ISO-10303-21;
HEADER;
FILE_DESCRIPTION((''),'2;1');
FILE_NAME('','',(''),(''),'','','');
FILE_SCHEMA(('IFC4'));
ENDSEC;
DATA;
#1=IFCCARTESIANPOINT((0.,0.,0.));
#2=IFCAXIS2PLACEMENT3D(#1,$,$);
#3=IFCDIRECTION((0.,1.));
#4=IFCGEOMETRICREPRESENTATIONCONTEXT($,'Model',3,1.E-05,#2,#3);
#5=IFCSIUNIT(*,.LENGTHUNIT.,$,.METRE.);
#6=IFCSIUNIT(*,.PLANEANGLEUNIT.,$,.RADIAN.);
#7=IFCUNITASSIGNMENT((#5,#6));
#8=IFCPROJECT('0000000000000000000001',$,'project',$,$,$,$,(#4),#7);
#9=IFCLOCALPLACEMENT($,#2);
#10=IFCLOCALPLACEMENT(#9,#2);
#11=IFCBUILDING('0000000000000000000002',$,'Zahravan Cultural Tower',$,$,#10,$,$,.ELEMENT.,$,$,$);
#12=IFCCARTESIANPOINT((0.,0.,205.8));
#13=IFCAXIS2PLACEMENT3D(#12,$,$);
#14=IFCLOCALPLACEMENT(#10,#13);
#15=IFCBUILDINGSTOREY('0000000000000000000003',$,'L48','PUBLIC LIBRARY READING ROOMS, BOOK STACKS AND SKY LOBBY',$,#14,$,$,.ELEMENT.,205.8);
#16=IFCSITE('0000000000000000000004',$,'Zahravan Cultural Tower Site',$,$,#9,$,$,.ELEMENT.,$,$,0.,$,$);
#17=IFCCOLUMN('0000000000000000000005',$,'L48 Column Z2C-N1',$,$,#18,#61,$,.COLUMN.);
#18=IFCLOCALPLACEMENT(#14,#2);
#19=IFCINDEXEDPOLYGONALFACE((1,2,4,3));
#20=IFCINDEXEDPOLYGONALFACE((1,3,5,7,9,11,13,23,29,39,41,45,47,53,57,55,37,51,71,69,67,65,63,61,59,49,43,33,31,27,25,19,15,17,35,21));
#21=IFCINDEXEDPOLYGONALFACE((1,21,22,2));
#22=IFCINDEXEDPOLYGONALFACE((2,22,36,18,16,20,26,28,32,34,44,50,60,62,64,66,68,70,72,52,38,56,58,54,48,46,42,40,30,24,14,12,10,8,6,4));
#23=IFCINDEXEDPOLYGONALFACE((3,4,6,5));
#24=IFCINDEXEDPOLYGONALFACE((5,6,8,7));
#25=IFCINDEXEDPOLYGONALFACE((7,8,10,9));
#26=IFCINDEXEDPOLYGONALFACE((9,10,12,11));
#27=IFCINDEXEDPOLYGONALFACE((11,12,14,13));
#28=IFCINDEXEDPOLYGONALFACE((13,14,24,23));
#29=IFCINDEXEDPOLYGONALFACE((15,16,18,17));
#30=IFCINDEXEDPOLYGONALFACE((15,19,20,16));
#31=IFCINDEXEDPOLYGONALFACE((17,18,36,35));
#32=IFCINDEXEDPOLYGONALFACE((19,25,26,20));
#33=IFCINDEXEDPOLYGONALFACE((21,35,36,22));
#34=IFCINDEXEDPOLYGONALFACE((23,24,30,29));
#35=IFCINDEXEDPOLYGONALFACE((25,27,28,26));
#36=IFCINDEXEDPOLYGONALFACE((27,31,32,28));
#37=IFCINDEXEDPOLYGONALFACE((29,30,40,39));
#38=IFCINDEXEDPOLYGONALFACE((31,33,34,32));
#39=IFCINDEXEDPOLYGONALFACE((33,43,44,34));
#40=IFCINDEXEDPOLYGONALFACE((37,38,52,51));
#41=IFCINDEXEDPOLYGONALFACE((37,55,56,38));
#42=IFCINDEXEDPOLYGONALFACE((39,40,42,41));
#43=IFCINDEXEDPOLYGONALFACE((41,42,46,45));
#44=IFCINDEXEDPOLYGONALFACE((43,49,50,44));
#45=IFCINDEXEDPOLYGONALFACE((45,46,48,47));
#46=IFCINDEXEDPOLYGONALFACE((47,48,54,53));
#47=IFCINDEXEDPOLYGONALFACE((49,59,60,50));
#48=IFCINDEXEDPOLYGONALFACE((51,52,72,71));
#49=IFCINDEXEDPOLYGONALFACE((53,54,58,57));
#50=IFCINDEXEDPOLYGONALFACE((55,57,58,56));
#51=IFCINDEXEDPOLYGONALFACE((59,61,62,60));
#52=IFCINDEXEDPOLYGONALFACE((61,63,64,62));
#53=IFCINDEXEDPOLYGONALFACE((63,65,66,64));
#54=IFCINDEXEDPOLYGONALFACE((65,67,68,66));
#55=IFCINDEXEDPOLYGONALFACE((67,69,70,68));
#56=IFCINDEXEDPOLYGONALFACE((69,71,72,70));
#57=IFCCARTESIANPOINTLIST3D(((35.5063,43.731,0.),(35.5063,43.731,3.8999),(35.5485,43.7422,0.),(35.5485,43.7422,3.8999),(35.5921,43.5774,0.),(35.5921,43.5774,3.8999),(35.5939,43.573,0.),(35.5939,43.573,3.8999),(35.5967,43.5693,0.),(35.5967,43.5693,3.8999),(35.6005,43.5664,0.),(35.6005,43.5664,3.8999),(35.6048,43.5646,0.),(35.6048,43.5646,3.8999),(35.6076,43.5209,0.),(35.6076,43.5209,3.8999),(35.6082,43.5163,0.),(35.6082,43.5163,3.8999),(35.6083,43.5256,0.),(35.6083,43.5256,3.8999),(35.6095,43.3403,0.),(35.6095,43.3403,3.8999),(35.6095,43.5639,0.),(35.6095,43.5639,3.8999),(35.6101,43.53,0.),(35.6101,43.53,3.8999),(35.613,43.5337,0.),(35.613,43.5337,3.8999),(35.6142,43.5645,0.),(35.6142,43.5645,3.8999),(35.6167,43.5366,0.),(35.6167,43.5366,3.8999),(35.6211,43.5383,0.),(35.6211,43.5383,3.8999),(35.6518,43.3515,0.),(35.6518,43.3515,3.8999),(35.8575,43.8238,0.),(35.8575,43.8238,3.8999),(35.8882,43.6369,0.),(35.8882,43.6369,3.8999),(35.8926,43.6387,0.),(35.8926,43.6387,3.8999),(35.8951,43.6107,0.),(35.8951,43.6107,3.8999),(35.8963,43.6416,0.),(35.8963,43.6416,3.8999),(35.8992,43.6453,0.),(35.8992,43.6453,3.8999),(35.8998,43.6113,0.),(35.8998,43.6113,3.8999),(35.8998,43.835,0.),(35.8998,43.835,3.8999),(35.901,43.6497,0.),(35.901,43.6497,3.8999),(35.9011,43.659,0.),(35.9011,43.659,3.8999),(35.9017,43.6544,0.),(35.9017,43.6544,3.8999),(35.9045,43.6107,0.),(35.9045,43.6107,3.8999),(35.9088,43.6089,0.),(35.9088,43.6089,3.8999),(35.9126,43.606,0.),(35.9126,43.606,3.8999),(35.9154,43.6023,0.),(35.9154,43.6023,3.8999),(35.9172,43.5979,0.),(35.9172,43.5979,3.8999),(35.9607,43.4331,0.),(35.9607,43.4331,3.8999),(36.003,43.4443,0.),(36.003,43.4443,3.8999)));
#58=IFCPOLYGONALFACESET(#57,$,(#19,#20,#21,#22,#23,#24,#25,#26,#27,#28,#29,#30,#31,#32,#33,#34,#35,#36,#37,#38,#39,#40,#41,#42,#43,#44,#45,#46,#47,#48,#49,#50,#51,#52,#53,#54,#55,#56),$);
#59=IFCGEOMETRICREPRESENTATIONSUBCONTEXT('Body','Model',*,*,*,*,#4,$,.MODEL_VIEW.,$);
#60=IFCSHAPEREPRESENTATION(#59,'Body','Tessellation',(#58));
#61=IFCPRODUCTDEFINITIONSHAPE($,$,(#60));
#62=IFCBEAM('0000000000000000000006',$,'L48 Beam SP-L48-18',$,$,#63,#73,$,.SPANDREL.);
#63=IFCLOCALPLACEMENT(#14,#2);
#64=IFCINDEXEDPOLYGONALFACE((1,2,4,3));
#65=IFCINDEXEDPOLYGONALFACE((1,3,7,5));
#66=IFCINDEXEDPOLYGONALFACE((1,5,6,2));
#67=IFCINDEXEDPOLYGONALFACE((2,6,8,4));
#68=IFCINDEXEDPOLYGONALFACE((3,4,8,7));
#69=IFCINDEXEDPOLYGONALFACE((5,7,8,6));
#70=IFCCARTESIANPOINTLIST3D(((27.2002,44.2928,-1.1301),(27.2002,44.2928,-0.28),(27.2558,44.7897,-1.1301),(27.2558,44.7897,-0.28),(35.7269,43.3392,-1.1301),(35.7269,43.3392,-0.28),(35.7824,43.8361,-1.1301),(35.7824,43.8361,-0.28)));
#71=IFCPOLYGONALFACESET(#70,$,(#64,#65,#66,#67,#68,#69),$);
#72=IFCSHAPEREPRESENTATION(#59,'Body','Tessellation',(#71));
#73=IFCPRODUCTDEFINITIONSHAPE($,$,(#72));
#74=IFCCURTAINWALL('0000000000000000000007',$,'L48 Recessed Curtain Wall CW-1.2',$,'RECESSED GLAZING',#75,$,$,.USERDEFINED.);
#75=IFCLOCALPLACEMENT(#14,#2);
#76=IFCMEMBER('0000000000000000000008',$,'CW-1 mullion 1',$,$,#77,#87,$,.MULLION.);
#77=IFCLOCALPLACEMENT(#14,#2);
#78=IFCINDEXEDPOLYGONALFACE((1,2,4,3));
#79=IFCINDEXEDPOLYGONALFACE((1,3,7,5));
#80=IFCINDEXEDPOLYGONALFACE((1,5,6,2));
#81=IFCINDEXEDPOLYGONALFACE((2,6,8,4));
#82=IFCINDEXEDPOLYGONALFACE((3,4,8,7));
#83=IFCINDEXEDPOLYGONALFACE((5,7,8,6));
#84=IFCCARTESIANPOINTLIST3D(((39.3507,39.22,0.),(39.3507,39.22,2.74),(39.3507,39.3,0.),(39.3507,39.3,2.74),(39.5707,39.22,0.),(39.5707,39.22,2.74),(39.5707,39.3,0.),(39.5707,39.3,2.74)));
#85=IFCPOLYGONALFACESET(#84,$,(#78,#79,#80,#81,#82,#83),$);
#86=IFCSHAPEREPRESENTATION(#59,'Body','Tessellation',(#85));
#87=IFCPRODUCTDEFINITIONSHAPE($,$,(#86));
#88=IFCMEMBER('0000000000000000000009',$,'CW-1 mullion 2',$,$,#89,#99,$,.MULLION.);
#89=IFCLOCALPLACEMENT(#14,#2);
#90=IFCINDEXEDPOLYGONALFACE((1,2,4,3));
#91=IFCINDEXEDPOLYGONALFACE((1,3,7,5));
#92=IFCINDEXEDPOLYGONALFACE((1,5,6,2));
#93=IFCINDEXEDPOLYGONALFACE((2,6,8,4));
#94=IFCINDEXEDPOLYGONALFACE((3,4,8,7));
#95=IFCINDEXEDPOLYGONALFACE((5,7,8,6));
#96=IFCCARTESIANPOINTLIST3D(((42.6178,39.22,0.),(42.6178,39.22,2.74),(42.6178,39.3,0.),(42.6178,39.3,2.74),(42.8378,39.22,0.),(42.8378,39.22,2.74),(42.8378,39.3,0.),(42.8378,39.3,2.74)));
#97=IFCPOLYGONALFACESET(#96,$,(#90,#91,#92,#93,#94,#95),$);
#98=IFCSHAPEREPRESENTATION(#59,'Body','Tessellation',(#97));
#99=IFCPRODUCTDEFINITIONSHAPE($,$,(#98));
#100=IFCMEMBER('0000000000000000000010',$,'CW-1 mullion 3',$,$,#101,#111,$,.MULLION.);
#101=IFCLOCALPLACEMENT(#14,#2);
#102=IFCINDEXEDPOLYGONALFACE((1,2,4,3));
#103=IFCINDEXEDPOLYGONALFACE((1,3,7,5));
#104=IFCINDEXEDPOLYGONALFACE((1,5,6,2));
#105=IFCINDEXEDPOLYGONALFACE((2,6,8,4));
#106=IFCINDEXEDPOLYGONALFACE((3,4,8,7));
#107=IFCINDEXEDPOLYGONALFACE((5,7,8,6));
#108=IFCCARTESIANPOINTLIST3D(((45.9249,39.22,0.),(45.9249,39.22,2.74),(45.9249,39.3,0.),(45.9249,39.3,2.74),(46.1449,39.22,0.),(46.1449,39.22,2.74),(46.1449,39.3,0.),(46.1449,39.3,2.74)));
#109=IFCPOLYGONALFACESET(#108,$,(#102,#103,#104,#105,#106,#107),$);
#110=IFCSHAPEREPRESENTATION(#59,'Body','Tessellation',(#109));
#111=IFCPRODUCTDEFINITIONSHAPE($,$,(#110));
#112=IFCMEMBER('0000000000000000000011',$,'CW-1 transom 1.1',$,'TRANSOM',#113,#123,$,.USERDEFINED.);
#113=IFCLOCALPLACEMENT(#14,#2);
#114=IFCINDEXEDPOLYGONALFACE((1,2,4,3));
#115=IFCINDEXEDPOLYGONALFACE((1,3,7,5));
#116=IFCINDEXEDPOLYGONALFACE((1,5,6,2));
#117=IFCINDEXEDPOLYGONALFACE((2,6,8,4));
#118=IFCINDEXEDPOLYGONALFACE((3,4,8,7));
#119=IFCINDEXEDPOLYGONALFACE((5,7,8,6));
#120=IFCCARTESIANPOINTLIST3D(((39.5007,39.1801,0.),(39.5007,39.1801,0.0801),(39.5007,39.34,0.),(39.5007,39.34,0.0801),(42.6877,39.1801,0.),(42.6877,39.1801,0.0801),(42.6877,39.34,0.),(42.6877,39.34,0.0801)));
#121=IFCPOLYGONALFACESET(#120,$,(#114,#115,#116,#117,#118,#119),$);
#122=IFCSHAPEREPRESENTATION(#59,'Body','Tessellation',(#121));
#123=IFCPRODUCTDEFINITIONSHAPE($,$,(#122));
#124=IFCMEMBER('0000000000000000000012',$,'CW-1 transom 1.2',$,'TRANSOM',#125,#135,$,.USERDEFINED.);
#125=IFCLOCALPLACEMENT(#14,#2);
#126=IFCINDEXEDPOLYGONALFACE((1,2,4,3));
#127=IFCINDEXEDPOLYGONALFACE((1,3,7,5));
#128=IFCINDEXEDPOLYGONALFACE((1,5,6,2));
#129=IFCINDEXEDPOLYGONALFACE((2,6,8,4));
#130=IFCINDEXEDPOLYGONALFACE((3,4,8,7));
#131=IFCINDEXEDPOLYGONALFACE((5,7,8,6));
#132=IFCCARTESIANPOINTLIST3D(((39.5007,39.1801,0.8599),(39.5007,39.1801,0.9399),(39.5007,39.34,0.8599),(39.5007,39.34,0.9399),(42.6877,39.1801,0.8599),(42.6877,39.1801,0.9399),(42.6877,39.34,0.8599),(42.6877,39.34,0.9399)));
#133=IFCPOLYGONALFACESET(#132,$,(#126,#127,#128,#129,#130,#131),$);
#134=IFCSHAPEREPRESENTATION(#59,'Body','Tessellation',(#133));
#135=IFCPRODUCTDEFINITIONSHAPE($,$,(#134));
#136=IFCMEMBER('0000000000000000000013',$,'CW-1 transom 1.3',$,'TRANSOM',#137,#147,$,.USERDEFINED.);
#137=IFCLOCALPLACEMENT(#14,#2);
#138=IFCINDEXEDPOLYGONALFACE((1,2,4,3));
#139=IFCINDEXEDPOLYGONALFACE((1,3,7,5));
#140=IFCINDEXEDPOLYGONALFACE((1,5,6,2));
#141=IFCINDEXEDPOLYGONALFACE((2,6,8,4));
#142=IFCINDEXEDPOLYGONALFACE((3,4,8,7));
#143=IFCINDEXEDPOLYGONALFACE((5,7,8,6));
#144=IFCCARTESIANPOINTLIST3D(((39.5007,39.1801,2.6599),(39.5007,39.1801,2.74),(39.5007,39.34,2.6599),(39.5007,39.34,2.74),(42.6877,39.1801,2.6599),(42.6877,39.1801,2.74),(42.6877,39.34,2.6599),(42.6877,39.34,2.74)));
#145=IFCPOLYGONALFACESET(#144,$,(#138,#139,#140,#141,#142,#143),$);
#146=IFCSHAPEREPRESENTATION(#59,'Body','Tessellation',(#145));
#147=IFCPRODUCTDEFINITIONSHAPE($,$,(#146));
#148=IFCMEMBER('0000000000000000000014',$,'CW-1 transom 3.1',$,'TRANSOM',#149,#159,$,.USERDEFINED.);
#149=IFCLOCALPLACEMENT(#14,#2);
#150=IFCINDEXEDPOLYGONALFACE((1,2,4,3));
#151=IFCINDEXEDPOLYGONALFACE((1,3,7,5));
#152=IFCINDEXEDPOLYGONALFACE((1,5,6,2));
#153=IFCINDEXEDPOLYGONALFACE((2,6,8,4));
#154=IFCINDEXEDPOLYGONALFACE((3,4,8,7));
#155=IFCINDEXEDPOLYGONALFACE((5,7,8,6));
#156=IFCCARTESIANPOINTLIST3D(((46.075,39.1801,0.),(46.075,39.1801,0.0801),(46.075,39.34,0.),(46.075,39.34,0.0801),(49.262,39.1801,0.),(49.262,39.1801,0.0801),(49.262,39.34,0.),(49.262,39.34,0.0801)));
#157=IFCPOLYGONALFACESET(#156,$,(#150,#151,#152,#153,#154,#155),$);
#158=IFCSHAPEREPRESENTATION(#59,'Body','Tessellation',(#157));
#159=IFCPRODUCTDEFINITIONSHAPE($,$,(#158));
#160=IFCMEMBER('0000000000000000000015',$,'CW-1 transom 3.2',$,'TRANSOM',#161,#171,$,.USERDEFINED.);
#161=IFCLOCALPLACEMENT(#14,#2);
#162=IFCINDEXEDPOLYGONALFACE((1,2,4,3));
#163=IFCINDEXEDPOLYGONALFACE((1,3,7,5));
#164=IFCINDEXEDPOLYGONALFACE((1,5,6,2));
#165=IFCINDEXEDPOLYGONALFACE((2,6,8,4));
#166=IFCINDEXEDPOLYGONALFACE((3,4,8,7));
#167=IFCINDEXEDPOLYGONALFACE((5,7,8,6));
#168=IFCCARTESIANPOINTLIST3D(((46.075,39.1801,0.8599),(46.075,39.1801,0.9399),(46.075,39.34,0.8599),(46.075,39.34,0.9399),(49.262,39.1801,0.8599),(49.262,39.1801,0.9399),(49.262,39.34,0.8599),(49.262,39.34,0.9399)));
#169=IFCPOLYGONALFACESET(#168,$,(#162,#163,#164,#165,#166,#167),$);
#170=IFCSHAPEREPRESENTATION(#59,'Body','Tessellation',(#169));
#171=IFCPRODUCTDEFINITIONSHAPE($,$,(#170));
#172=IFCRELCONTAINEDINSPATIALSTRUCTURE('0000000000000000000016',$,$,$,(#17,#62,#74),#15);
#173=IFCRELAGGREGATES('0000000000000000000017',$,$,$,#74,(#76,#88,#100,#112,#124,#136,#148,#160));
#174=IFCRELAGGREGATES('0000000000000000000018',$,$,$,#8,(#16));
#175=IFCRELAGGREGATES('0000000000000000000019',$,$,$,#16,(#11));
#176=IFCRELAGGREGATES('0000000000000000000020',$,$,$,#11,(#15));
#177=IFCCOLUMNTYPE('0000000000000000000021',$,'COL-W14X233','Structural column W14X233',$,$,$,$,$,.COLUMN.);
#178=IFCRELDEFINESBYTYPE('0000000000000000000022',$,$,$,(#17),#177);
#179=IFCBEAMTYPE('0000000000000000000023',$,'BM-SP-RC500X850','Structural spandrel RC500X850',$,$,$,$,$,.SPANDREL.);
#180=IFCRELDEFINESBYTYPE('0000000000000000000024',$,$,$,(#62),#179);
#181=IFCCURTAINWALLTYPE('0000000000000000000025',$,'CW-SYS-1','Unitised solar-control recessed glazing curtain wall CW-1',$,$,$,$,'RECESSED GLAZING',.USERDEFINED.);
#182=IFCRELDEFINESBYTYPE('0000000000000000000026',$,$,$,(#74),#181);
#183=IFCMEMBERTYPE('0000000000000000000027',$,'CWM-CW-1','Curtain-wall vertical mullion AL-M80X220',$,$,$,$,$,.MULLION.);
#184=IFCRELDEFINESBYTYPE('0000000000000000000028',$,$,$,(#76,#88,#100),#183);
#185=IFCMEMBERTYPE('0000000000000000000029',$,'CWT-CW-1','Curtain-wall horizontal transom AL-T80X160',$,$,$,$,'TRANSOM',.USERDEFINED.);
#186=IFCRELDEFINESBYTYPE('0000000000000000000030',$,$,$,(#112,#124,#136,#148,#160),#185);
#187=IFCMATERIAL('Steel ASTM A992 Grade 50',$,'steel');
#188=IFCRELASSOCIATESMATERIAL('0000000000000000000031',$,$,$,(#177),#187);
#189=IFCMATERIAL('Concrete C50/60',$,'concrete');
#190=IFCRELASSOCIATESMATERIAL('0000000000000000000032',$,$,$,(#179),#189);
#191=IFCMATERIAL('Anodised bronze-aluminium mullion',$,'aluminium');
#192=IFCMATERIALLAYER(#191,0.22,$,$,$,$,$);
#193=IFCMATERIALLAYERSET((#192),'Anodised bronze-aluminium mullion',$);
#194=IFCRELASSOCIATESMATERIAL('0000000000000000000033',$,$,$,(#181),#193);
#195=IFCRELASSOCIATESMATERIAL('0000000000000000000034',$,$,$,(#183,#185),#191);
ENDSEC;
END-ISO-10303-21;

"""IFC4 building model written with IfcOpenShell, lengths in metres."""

from ifc_helpers import new_model, si_unit, direction, frame, origin, origin_2d, place, context, subcontext, project, spatial, rectangle, i_section, extrude, source, transform, mapped, material, layer, layer_set, material_profile, profile_set, type_object, element, aggregate, save


model = new_model("IFC4")

# Units and contexts
model_context = context("Model", 3, precision=1e-05, world=origin(), true_north=direction((0.0, 1.0)))
body_context = subcontext(model_context, "Body", "Model", "MODEL_VIEW")
ifc_project = project(units=[si_unit("LENGTHUNIT", "METRE"), si_unit("PLANEANGLEUNIT", "RADIAN")], contexts=[model_context])

# Site, building, storey
site_placement = place(None, origin())
site = spatial("IfcSite", under=ifc_project, at=site_placement, Name="Zahravan Cultural Tower Site", CompositionType="ELEMENT", RefElevation=0.0)
building_placement = place(site_placement, origin())
building = spatial("IfcBuilding", under=site, at=building_placement, Name="Zahravan Cultural Tower", CompositionType="ELEMENT")
storey_placement = place(building_placement, frame((0.0, 0.0, 205.8)))
storey = spatial("IfcBuildingStorey", under=building, at=storey_placement, Name="L48", Description="PUBLIC LIBRARY READING ROOMS, BOOK STACKS AND SKY LOBBY", CompositionType="ELEMENT", Elevation=205.8)

# Column
ifc_material_1 = material(Name="Steel ASTM A992 Grade 50", Category="steel")
ifc_material_profile_1 = material_profile(ifc_material_1, i_section(OverallWidth=0.4041, OverallDepth=0.407, WebThickness=0.0271, FlangeThickness=0.0437, FilletRadius=0.0181, at=origin_2d()), Name="W14X233")
ifc_profile_set_1 = profile_set([ifc_material_profile_1], Name="Steel ASTM A992 Grade 50")
column_type = type_object("IfcColumnType", Name="COL-W14X233", Description="Structural column W14X233", PredefinedType="COLUMN", material=ifc_profile_set_1)
shared_shape_1 = source(origin(), body_context, "Body", "SweptSolid", [
    extrude(i_section(OverallWidth=0.4041, OverallDepth=0.407, WebThickness=0.0271, FlangeThickness=0.0437, FilletRadius=0.0181, at=origin_2d()), origin(), (0.0, 0.0, 1.0), 3.8999),
])
column_placement = place(storey_placement, frame((35.7546, 43.5876, 0.0), z_axis=(0.0, 0.0, 1.0), x_axis=(-0.255446, 0.966823, 0.0)))
element("IfcColumn", 1, at=column_placement, inside=storey, type_object=column_type, Name="L48 Column Z2C-N1", PredefinedType="COLUMN", context=body_context, shape_type="MappedRepresentation", body=[
    mapped(shared_shape_1, transform((0.0, 0.0, 0.0), x_axis=(1.0, 0.0, 0.0), y_axis=(0.0, 1.0, 0.0), z_axis=(0.0, 0.0, 1.0), scale=1.0)),
])

# Beam
ifc_material_2 = material(Name="Concrete C50/60", Category="concrete")
ifc_material_profile_2 = material_profile(ifc_material_2, rectangle(XDim=0.5, YDim=0.8501, at=origin_2d()), Name="RC500X850")
ifc_profile_set_2 = profile_set([ifc_material_profile_2], Name="Concrete C50/60")
beam_type = type_object("IfcBeamType", Name="BM-SP-RC500X850", Description="Structural spandrel RC500X850", PredefinedType="SPANDREL", material=ifc_profile_set_2)
shared_shape_2 = source(origin(), body_context, "Body", "SweptSolid", [
    extrude(rectangle(XDim=0.5, YDim=0.8501, at=origin_2d()), origin(), (0.0, 0.0, 1.0), 8.5798),
])
beam_placement = place(storey_placement, frame((35.7546, 43.5876, -0.7051), z_axis=(-0.993804, 0.111147, 0.0), x_axis=(-0.111147, -0.993804, 0.0)))
element("IfcBeam", 2, at=beam_placement, inside=storey, type_object=beam_type, Name="L48 Beam SP-L48-18", PredefinedType="SPANDREL", context=body_context, shape_type="MappedRepresentation", body=[
    mapped(shared_shape_2, transform((0.0, 0.0, 0.0), x_axis=(1.0, 0.0, 0.0), y_axis=(0.0, 1.0, 0.0), z_axis=(0.0, 0.0, 1.0), scale=1.0)),
])

# Curtain wall, members
ifc_material_3 = material(Name="Anodised bronze-aluminium mullion", Category="aluminium")
ifc_layer_1 = layer(ifc_material_3, 0.22)
ifc_layer_set_1 = layer_set([ifc_layer_1], Name="Anodised bronze-aluminium mullion")
curtain_wall_type = type_object("IfcCurtainWallType", Name="CW-SYS-1", Description="Unitised solar-control recessed glazing curtain wall CW-1", ElementType="RECESSED GLAZING", PredefinedType="USERDEFINED", material=ifc_layer_set_1)
curtain_wall_placement = place(storey_placement, origin())
curtain_wall = element("IfcCurtainWall", 3, at=curtain_wall_placement, inside=storey, type_object=curtain_wall_type, Name="L48 Recessed Curtain Wall CW-1.2", ObjectType="RECESSED GLAZING", PredefinedType="USERDEFINED")
ifc_material_profile_3 = material_profile(ifc_material_3, rectangle(XDim=0.0801, YDim=0.22, at=origin_2d()), Name="AL-M80X220")
ifc_profile_set_3 = profile_set([ifc_material_profile_3], Name="Anodised bronze-aluminium mullion")
member_type_1 = type_object("IfcMemberType", Name="CWM-CW-1", Description="Curtain-wall vertical mullion AL-M80X220", PredefinedType="MULLION", material=ifc_profile_set_3)
shared_shape_3 = source(origin(), body_context, "Body", "SweptSolid", [
    extrude(rectangle(XDim=0.0801, YDim=0.22, at=origin_2d()), origin(), (0.0, 0.0, 1.0), 2.74),
])
member_1_placement = place(storey_placement, frame((39.4607, 39.26, 0.0), z_axis=(0.0, 0.0, 1.0), x_axis=(0.0, 1.0, 0.0)))
member_1 = element("IfcMember", 4, at=member_1_placement, type_object=member_type_1, Name="CW-1 mullion 1", PredefinedType="MULLION", context=body_context, shape_type="MappedRepresentation", body=[
    mapped(shared_shape_3, transform((0.0, 0.0, 0.0), x_axis=(1.0, 0.0, 0.0), y_axis=(0.0, 1.0, 0.0), z_axis=(0.0, 0.0, 1.0), scale=1.0)),
])
member_2_placement = place(storey_placement, frame((42.7278, 39.26, 0.0), z_axis=(0.0, 0.0, 1.0), x_axis=(0.0, 1.0, 0.0)))
member_2 = element("IfcMember", 5, at=member_2_placement, type_object=member_type_1, Name="CW-1 mullion 2", PredefinedType="MULLION", context=body_context, shape_type="MappedRepresentation", body=[
    mapped(shared_shape_3, transform((0.0, 0.0, 0.0), x_axis=(1.0, 0.0, 0.0), y_axis=(0.0, 1.0, 0.0), z_axis=(0.0, 0.0, 1.0), scale=1.0)),
])
member_3_placement = place(storey_placement, frame((46.0349, 39.26, 0.0), z_axis=(0.0, 0.0, 1.0), x_axis=(0.0, 1.0, 0.0)))
member_3 = element("IfcMember", 6, at=member_3_placement, type_object=member_type_1, Name="CW-1 mullion 3", PredefinedType="MULLION", context=body_context, shape_type="MappedRepresentation", body=[
    mapped(shared_shape_3, transform((0.0, 0.0, 0.0), x_axis=(1.0, 0.0, 0.0), y_axis=(0.0, 1.0, 0.0), z_axis=(0.0, 0.0, 1.0), scale=1.0)),
])
ifc_material_profile_4 = material_profile(ifc_material_3, rectangle(XDim=0.1599, YDim=0.0801, at=origin_2d()), Name="AL-T80X160")
ifc_profile_set_4 = profile_set([ifc_material_profile_4], Name="Anodised bronze-aluminium mullion")
member_type_2 = type_object("IfcMemberType", Name="CWT-CW-1", Description="Curtain-wall horizontal transom AL-T80X160", ElementType="TRANSOM", PredefinedType="USERDEFINED", material=ifc_profile_set_4)
shared_shape_4 = source(origin(), body_context, "Body", "SweptSolid", [
    extrude(rectangle(XDim=0.1599, YDim=0.0801, at=origin_2d()), origin(), (0.0, 0.0, 1.0), 3.187),
])
member_4_placement = place(storey_placement, frame((39.5007, 39.26, 0.04), z_axis=(1.0, 0.0, 0.0), x_axis=(0.0, 1.0, 0.0)))
member_4 = element("IfcMember", 7, at=member_4_placement, type_object=member_type_2, Name="CW-1 transom 1.1", ObjectType="TRANSOM", PredefinedType="USERDEFINED", context=body_context, shape_type="MappedRepresentation", body=[
    mapped(shared_shape_4, transform((0.0, 0.0, 0.0), x_axis=(1.0, 0.0, 0.0), y_axis=(0.0, 1.0, 0.0), z_axis=(0.0, 0.0, 1.0), scale=1.0)),
])
member_5_placement = place(storey_placement, frame((39.5007, 39.26, 0.8999), z_axis=(1.0, 0.0, 0.0), x_axis=(0.0, 1.0, 0.0)))
member_5 = element("IfcMember", 8, at=member_5_placement, type_object=member_type_2, Name="CW-1 transom 1.2", ObjectType="TRANSOM", PredefinedType="USERDEFINED", context=body_context, shape_type="MappedRepresentation", body=[
    mapped(shared_shape_4, transform((0.0, 0.0, 0.0), x_axis=(1.0, 0.0, 0.0), y_axis=(0.0, 1.0, 0.0), z_axis=(0.0, 0.0, 1.0), scale=1.0)),
])
member_6_placement = place(storey_placement, frame((39.5007, 39.26, 2.7), z_axis=(1.0, 0.0, 0.0), x_axis=(0.0, 1.0, 0.0)))
member_6 = element("IfcMember", 9, at=member_6_placement, type_object=member_type_2, Name="CW-1 transom 1.3", ObjectType="TRANSOM", PredefinedType="USERDEFINED", context=body_context, shape_type="MappedRepresentation", body=[
    mapped(shared_shape_4, transform((0.0, 0.0, 0.0), x_axis=(1.0, 0.0, 0.0), y_axis=(0.0, 1.0, 0.0), z_axis=(0.0, 0.0, 1.0), scale=1.0)),
])
member_7_placement = place(storey_placement, frame((46.075, 39.26, 0.04), z_axis=(1.0, 0.0, 0.0), x_axis=(0.0, 1.0, 0.0)))
member_7 = element("IfcMember", 10, at=member_7_placement, type_object=member_type_2, Name="CW-1 transom 3.1", ObjectType="TRANSOM", PredefinedType="USERDEFINED", context=body_context, shape_type="MappedRepresentation", body=[
    mapped(shared_shape_4, transform((0.0, 0.0, 0.0), x_axis=(1.0, 0.0, 0.0), y_axis=(0.0, 1.0, 0.0), z_axis=(0.0, 0.0, 1.0), scale=1.0)),
])
member_8_placement = place(storey_placement, frame((46.075, 39.26, 0.8999), z_axis=(1.0, 0.0, 0.0), x_axis=(0.0, 1.0, 0.0)))
member_8 = element("IfcMember", 11, at=member_8_placement, type_object=member_type_2, Name="CW-1 transom 3.2", ObjectType="TRANSOM", PredefinedType="USERDEFINED", context=body_context, shape_type="MappedRepresentation", body=[
    mapped(shared_shape_4, transform((0.0, 0.0, 0.0), x_axis=(1.0, 0.0, 0.0), y_axis=(0.0, 1.0, 0.0), z_axis=(0.0, 0.0, 1.0), scale=1.0)),
])
aggregate(curtain_wall, [member_1, member_2, member_3, member_4, member_5, member_6, member_7, member_8])

save(model, "model.ifc")
